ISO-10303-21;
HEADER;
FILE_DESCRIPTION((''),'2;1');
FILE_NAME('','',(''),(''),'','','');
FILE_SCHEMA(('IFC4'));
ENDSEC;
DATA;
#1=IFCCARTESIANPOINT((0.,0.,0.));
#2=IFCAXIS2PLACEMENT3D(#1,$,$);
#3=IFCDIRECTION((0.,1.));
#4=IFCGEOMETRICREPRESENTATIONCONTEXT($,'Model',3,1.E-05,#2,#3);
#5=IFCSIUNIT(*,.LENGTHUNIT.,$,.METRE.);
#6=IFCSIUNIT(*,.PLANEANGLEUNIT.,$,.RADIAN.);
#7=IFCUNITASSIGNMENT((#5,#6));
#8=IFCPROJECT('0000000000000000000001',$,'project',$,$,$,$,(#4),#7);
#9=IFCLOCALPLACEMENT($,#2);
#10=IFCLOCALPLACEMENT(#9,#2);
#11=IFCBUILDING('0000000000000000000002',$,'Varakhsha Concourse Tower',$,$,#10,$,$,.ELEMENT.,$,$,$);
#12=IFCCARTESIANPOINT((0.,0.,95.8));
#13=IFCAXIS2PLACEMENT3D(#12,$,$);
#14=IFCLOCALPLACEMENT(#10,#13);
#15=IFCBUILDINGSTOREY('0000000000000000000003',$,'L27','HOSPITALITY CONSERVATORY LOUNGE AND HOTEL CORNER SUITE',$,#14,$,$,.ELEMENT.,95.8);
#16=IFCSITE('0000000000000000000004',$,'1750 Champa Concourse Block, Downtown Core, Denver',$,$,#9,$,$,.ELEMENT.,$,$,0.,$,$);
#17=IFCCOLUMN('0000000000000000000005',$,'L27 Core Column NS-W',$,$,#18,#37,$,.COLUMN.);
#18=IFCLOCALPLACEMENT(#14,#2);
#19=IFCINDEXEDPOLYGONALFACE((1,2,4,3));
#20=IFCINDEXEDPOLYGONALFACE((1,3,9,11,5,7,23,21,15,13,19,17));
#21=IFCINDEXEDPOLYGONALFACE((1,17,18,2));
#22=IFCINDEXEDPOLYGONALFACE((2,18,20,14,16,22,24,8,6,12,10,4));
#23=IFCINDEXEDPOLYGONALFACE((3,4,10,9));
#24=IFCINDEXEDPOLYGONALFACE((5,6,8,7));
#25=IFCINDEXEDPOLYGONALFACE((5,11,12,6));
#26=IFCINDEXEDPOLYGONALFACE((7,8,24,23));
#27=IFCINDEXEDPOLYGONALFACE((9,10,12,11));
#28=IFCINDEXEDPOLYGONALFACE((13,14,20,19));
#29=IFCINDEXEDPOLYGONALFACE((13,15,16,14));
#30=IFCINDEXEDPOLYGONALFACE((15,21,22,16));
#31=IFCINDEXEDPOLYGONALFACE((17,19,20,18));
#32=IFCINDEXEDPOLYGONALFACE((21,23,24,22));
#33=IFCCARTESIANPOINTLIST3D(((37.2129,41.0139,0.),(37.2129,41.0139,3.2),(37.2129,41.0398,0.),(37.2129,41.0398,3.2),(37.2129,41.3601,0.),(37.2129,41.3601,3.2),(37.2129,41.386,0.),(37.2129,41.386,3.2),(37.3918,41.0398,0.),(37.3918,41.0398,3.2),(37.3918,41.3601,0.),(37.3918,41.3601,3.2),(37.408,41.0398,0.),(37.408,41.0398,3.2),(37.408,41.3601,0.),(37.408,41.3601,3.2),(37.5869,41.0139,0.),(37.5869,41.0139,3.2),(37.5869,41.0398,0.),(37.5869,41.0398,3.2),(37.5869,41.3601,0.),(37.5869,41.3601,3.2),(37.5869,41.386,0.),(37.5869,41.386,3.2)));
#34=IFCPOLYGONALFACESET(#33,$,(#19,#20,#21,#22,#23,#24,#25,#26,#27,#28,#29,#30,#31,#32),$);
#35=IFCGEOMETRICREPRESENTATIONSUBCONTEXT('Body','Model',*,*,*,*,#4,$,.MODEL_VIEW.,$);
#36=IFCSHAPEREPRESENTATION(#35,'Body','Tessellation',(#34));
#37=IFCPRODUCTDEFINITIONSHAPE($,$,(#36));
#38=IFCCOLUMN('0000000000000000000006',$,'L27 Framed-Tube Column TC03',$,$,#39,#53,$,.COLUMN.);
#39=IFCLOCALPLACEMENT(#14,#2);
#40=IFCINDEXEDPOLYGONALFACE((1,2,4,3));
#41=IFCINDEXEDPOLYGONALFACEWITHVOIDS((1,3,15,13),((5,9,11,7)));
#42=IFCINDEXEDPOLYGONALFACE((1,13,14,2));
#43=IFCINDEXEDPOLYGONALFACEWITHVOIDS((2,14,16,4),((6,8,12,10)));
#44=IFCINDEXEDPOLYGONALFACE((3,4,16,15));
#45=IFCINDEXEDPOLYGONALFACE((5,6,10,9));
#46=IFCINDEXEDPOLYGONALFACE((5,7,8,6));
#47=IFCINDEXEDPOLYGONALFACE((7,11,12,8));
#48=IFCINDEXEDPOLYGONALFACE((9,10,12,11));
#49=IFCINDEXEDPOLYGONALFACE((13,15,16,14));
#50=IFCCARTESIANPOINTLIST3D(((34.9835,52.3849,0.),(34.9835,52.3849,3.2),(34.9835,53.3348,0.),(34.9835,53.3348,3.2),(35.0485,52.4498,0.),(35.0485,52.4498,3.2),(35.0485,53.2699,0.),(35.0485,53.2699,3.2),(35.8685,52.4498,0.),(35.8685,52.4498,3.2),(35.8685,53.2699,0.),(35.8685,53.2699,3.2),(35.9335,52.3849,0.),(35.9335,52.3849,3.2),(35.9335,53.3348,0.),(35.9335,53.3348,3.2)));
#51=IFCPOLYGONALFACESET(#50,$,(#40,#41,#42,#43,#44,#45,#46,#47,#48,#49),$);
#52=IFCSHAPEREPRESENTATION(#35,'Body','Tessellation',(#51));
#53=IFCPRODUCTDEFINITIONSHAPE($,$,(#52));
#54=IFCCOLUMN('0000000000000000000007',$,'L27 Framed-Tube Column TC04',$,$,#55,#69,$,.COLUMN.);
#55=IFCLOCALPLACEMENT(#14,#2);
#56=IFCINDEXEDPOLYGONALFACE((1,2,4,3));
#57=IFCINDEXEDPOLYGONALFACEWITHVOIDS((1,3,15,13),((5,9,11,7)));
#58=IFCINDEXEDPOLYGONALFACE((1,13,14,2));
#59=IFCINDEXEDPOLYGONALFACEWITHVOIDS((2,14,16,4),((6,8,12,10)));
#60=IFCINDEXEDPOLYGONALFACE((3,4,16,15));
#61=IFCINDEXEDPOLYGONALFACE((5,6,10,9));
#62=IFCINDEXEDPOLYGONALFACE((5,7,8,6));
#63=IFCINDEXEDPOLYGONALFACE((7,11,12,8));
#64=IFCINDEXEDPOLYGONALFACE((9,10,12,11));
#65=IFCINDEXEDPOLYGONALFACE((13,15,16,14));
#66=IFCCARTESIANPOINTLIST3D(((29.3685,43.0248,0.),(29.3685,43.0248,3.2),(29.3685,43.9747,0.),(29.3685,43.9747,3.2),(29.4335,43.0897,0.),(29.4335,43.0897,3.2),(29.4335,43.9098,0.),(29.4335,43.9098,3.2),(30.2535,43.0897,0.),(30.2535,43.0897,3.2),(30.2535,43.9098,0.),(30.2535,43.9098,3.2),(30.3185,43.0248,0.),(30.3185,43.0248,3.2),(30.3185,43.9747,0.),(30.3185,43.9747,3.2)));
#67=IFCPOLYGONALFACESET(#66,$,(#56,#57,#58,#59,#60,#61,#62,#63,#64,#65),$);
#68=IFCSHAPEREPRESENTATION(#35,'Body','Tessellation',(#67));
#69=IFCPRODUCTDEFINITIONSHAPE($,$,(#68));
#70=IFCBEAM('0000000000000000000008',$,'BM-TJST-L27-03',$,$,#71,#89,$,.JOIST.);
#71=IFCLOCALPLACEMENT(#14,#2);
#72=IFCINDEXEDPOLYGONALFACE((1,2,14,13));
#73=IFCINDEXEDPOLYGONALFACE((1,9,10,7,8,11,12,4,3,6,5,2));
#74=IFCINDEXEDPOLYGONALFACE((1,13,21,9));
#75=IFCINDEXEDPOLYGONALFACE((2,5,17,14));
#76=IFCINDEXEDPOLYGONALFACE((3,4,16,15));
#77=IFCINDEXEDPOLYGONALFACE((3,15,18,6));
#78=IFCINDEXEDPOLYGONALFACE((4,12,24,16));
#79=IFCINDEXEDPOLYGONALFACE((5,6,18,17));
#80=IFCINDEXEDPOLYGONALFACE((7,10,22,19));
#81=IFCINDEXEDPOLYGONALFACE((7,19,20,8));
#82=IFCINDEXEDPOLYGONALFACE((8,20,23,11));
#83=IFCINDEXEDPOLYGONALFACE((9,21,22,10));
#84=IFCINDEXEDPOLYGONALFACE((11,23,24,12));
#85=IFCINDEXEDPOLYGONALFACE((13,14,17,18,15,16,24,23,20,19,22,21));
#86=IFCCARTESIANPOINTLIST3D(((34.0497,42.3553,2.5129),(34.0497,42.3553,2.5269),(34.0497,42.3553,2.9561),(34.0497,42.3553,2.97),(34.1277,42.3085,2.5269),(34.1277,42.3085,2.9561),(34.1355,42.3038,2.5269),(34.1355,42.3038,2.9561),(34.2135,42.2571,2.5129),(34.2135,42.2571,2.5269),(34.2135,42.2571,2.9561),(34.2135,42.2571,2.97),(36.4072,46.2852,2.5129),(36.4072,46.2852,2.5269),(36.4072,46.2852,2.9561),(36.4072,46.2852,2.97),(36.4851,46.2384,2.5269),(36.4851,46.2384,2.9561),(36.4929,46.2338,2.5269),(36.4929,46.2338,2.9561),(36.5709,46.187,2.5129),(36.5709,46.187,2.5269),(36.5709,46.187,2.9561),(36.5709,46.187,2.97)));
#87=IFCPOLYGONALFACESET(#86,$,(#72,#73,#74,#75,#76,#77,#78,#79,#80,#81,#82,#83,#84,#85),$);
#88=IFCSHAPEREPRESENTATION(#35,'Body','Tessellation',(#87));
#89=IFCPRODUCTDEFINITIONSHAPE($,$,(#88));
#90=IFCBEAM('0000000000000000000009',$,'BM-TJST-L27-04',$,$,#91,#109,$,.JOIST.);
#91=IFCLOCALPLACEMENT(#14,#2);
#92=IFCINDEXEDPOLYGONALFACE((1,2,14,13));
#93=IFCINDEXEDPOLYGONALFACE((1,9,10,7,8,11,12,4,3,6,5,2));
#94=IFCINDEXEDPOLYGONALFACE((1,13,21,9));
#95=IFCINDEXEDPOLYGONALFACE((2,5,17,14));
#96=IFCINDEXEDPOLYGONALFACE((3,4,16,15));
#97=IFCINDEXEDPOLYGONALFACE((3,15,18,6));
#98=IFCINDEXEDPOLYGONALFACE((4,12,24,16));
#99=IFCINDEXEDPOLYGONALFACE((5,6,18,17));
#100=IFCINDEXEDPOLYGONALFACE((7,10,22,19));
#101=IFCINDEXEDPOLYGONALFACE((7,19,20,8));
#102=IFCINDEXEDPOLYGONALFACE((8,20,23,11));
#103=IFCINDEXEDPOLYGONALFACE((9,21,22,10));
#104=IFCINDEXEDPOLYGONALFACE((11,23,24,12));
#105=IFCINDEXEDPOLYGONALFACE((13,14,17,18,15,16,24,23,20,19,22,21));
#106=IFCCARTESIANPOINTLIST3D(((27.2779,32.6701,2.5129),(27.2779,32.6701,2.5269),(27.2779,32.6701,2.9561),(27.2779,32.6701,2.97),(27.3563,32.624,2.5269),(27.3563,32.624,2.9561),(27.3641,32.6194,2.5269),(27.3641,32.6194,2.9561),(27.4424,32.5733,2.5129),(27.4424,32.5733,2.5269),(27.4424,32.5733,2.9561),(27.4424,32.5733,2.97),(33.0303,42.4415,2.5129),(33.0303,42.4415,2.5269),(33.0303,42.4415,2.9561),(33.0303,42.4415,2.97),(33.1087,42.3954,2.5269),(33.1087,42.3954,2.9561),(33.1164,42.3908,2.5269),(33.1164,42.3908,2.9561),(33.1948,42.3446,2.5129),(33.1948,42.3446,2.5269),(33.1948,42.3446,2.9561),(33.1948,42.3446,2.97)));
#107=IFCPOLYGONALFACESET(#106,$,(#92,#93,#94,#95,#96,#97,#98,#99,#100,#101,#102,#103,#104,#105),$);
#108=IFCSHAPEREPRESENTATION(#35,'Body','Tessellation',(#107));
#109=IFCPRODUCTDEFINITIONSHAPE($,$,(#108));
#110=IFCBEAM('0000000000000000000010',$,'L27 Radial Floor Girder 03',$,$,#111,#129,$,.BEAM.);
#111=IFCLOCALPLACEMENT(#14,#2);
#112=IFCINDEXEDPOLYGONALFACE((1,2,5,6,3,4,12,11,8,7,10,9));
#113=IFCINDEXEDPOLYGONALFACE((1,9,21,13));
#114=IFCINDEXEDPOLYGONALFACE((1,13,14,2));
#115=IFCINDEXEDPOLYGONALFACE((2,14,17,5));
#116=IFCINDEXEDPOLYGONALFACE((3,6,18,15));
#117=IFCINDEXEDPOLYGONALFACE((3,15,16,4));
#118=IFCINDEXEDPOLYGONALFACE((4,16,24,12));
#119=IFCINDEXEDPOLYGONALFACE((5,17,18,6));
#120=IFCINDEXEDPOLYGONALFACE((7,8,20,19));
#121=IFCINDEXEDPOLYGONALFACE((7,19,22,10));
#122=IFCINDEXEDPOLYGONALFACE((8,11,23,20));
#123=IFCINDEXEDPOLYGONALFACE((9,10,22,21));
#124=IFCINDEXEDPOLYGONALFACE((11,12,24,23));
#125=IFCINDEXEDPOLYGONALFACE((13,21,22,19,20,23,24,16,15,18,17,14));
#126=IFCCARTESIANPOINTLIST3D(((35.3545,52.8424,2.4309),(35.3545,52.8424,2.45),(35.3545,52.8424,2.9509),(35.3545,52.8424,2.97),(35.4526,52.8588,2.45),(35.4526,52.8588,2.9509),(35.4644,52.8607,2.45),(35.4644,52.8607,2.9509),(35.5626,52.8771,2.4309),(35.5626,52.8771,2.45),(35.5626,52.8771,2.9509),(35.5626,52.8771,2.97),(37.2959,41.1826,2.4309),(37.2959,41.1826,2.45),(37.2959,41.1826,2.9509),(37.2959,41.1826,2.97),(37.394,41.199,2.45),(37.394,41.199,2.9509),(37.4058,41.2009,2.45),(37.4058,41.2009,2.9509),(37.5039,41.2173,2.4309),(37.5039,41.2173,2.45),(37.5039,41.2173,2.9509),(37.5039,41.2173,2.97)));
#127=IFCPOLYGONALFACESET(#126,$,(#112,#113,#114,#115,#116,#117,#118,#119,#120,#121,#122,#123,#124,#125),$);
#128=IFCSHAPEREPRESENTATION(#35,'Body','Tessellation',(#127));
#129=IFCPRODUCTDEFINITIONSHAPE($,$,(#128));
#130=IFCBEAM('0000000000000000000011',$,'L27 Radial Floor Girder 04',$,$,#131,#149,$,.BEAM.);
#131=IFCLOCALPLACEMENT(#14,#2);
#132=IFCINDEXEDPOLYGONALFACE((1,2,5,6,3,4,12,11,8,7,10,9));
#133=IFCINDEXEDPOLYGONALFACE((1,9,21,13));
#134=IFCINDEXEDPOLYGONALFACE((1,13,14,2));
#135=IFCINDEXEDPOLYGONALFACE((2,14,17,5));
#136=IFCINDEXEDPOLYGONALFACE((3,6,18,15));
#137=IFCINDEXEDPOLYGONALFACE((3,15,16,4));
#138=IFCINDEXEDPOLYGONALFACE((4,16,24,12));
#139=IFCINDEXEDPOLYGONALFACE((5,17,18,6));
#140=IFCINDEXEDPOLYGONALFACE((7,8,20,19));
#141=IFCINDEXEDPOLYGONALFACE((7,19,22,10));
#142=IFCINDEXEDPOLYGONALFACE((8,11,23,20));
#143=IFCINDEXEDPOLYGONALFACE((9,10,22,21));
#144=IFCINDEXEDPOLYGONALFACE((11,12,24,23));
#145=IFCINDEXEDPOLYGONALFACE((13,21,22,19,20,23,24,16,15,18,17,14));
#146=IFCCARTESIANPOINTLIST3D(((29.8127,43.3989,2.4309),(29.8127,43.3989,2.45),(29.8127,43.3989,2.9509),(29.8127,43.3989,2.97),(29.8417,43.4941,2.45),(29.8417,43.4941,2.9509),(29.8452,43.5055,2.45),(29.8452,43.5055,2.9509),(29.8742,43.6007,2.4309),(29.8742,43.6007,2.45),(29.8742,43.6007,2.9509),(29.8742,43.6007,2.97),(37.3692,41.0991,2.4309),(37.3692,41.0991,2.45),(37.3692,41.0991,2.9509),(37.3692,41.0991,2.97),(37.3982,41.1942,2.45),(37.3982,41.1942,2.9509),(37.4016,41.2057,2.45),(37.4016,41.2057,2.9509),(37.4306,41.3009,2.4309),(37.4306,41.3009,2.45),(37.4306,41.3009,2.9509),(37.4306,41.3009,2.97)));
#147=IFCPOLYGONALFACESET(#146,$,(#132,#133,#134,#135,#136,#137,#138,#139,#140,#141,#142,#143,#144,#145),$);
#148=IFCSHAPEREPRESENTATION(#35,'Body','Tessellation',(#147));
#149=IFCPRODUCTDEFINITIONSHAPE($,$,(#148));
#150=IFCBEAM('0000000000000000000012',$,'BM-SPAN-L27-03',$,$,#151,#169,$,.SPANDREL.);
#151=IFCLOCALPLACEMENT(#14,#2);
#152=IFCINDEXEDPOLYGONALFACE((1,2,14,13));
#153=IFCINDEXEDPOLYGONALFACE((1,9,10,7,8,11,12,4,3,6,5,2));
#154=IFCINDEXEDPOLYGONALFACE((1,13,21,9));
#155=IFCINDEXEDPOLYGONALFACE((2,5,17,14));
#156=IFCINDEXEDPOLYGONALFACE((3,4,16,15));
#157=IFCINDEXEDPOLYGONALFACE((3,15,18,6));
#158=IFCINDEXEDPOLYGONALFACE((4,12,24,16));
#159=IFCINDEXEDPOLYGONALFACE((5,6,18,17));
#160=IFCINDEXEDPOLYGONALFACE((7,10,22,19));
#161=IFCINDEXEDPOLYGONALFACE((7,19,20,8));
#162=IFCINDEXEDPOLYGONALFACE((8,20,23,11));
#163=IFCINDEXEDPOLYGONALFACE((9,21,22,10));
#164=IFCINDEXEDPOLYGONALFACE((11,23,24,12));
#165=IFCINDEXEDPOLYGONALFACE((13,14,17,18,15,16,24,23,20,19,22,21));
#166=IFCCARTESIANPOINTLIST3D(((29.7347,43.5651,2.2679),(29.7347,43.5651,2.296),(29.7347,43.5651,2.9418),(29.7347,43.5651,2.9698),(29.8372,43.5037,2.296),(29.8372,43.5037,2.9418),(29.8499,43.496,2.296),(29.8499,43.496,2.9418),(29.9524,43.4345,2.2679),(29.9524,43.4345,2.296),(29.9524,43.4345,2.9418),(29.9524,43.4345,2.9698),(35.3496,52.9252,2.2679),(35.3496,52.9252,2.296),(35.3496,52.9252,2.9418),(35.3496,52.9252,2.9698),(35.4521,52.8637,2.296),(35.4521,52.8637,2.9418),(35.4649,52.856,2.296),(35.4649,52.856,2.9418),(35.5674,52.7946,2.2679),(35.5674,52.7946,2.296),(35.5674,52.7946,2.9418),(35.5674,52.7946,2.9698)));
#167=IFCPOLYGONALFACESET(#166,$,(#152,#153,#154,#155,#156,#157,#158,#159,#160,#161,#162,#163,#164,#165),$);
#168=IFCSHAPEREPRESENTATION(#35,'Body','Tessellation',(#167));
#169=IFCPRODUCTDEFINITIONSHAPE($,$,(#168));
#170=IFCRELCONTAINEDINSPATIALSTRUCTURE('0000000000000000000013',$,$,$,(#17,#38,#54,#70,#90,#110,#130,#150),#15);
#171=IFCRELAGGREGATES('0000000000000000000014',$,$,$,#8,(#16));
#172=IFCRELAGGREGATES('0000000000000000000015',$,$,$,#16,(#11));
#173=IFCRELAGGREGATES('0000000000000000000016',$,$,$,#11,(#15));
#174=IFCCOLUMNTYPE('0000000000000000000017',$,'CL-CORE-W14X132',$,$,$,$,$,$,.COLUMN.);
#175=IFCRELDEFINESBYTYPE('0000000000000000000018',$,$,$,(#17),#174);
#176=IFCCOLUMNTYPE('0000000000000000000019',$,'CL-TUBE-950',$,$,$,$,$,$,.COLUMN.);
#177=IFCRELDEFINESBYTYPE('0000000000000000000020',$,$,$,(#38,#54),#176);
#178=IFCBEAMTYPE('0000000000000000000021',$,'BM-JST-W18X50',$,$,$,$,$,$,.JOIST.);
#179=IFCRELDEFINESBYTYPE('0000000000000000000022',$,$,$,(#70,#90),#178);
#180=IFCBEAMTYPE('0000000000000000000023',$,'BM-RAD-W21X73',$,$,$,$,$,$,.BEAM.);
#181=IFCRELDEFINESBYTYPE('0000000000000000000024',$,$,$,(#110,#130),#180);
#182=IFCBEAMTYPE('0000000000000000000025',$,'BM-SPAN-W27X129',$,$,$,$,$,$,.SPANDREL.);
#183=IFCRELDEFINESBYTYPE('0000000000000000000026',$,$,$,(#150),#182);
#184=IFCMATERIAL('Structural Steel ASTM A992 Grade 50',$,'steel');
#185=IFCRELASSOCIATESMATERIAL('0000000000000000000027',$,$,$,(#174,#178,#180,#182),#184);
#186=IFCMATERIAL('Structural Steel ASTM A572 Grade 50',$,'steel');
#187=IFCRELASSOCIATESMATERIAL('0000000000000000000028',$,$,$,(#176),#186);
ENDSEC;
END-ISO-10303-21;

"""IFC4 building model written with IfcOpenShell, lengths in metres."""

from ifc_helpers import new_model, si_unit, direction, frame, origin, origin_2d, place, context, subcontext, project, spatial, hollow_rectangle, i_section, extrude, material, material_profile, profile_set, type_object, element, save


model = new_model("IFC4")

# Units and contexts
model_context = context("Model", 3, precision=1e-05, world=origin(), true_north=direction((0.0, 1.0)))
body_context = subcontext(model_context, "Body", "Model", "MODEL_VIEW")
ifc_project = project(units=[si_unit("LENGTHUNIT", "METRE"), si_unit("PLANEANGLEUNIT", "RADIAN")], contexts=[model_context])

# Site, building, storey
site_placement = place(None, origin())
site = spatial("IfcSite", under=ifc_project, at=site_placement, Name="1750 Champa Concourse Block, Downtown Core, Denver", CompositionType="ELEMENT", RefElevation=0.0)
building_placement = place(site_placement, origin())
building = spatial("IfcBuilding", under=site, at=building_placement, Name="Varakhsha Concourse Tower", CompositionType="ELEMENT")
storey_placement = place(building_placement, frame((0.0, 0.0, 95.8)))
storey = spatial("IfcBuildingStorey", under=building, at=storey_placement, Name="L27", Description="HOSPITALITY CONSERVATORY LOUNGE AND HOTEL CORNER SUITE", CompositionType="ELEMENT", Elevation=95.8)

# Columns
ifc_material_1 = material(Name="Structural Steel ASTM A992 Grade 50", Category="steel")
ifc_material_profile_1 = material_profile(ifc_material_1, i_section(OverallWidth=0.374, OverallDepth=0.3721, WebThickness=0.0161, FlangeThickness=0.0259, at=origin_2d()), Name="W14X132")
ifc_profile_set_1 = profile_set([ifc_material_profile_1], Name="Structural Steel ASTM A992 Grade 50")
column_type_1 = type_object("IfcColumnType", Name="CL-CORE-W14X132", PredefinedType="COLUMN", material=ifc_profile_set_1)
column_placement = place(storey_placement, frame((37.3999, 41.2, 0.0), z_axis=(0.0, 0.0, 1.0), x_axis=(1.0, 0.0, 0.0)))
element("IfcColumn", 1, at=column_placement, inside=storey, type_object=column_type_1, Name="L27 Core Column NS-W", PredefinedType="COLUMN", context=body_context, shape_type="SweptSolid", body=[
    extrude(i_section(OverallWidth=0.374, OverallDepth=0.3721, WebThickness=0.0161, FlangeThickness=0.0259, at=origin_2d()), origin(), (0.0, 0.0, 1.0), 3.2),
])
ifc_material_2 = material(Name="Structural Steel ASTM A572 Grade 50", Category="steel")
ifc_material_profile_2 = material_profile(ifc_material_2, hollow_rectangle(XDim=0.95, YDim=0.95, WallThickness=0.0649, at=origin_2d()), Name="BOX 950x950x65")
ifc_profile_set_2 = profile_set([ifc_material_profile_2], Name="Structural Steel ASTM A572 Grade 50")
column_type_2 = type_object("IfcColumnType", Name="CL-TUBE-950", PredefinedType="COLUMN", material=ifc_profile_set_2)
for number, where, z_axis, x_axis, name in (
    (2, (35.4585, 52.8599, 0.0), (0.0, 0.0, 1.0), (1.0, 0.0, 0.0), "L27 Framed-Tube Column TC03"),
    (3, (29.8435, 43.4998, 0.0), (0.0, 0.0, 1.0), (1.0, 0.0, 0.0), "L27 Framed-Tube Column TC04"),
):
    element("IfcColumn", number, at=place(storey_placement, frame(where, z_axis=z_axis, x_axis=x_axis)), inside=storey, type_object=column_type_2, Name=name, PredefinedType="COLUMN", context=body_context, shape_type="SweptSolid", body=[
        extrude(hollow_rectangle(XDim=0.95, YDim=0.95, WallThickness=0.0649, at=origin_2d()), origin(), (0.0, 0.0, 1.0), 3.2),
    ])

# Beams
ifc_material_profile_3 = material_profile(ifc_material_1, i_section(OverallWidth=0.1909, OverallDepth=0.457, WebThickness=0.009, FlangeThickness=0.0139, at=origin_2d()), Name="W18X50")
ifc_profile_set_3 = profile_set([ifc_material_profile_3], Name="Structural Steel ASTM A992 Grade 50")
beam_type_1 = type_object("IfcBeamType", Name="BM-JST-W18X50", PredefinedType="JOIST", material=ifc_profile_set_3)
beam_1_placement = place(storey_placement, frame((36.489, 46.2361, 2.7415), z_axis=(-0.51441, -0.857545, 0.0), x_axis=(0.857545, -0.51441, 0.0)))
element("IfcBeam", 4, at=beam_1_placement, inside=storey, type_object=beam_type_1, Name="BM-TJST-L27-03", PredefinedType="JOIST", context=body_context, shape_type="SweptSolid", body=[
    extrude(i_section(OverallWidth=0.1909, OverallDepth=0.457, WebThickness=0.009, FlangeThickness=0.0139, at=origin_2d()), origin(), (0.0, 0.0, 1.0), 4.5828),
])
beam_2_placement = place(storey_placement, frame((33.1125, 42.3931, 2.7415), z_axis=(-0.507316, -0.86176, 0.0), x_axis=(0.86176, -0.507316, 0.0)))
element("IfcBeam", 5, at=beam_2_placement, inside=storey, type_object=beam_type_1, Name="BM-TJST-L27-04", PredefinedType="JOIST", context=body_context, shape_type="SweptSolid", body=[
    extrude(i_section(OverallWidth=0.1909, OverallDepth=0.457, WebThickness=0.009, FlangeThickness=0.0139, at=origin_2d()), origin(), (0.0, 0.0, 1.0), 11.3389),
])
ifc_material_profile_4 = material_profile(ifc_material_1, i_section(OverallWidth=0.2109, OverallDepth=0.5391, WebThickness=0.012, FlangeThickness=0.019, at=origin_2d()), Name="W21X73")
ifc_profile_set_4 = profile_set([ifc_material_profile_4], Name="Structural Steel ASTM A992 Grade 50")
beam_type_2 = type_object("IfcBeamType", Name="BM-RAD-W21X73", PredefinedType="BEAM", material=ifc_profile_set_4)
beam_3_placement = place(storey_placement, frame((37.3999, 41.2, 2.7004), z_axis=(-0.164242, 0.98642, 0.0), x_axis=(-0.98642, -0.164242, 0.0)))
element("IfcBeam", 6, at=beam_3_placement, inside=storey, type_object=beam_type_2, Name="L27 Radial Floor Girder 03", PredefinedType="BEAM", context=body_context, shape_type="SweptSolid", body=[
    extrude(i_section(OverallWidth=0.2109, OverallDepth=0.5391, WebThickness=0.012, FlangeThickness=0.019, at=origin_2d()), origin(), (0.0, 0.0, 1.0), 11.8203),
])
beam_4_placement = place(storey_placement, frame((37.3999, 41.2, 2.7004), z_axis=(-0.956673, 0.291165, 0.0), x_axis=(-0.291165, -0.956673, 0.0)))
element("IfcBeam", 7, at=beam_4_placement, inside=storey, type_object=beam_type_2, Name="L27 Radial Floor Girder 04", PredefinedType="BEAM", context=body_context, shape_type="SweptSolid", body=[
    extrude(i_section(OverallWidth=0.2109, OverallDepth=0.5391, WebThickness=0.012, FlangeThickness=0.019, at=origin_2d()), origin(), (0.0, 0.0, 1.0), 7.8987),
])
ifc_material_profile_5 = material_profile(ifc_material_1, i_section(OverallWidth=0.2539, OverallDepth=0.7019, WebThickness=0.0149, FlangeThickness=0.0281, at=origin_2d()), Name="W27X129")
ifc_profile_set_5 = profile_set([ifc_material_profile_5], Name="Structural Steel ASTM A992 Grade 50")
beam_type_3 = type_object("IfcBeamType", Name="BM-SPAN-W27X129", PredefinedType="SPANDREL", material=ifc_profile_set_5)
beam_5_placement = place(storey_placement, frame((35.4585, 52.8599, 2.6189), z_axis=(-0.514423, -0.857536, 0.0), x_axis=(0.857536, -0.514423, 0.0)))
element("IfcBeam", 8, at=beam_5_placement, inside=storey, type_object=beam_type_3, Name="BM-SPAN-L27-03", PredefinedType="SPANDREL", context=body_context, shape_type="SweptSolid", body=[
    extrude(i_section(OverallWidth=0.2539, OverallDepth=0.7019, WebThickness=0.0149, FlangeThickness=0.0281, at=origin_2d()), origin(), (0.0, 0.0, 1.0), 10.915),
])

save(model, "model.ifc")
